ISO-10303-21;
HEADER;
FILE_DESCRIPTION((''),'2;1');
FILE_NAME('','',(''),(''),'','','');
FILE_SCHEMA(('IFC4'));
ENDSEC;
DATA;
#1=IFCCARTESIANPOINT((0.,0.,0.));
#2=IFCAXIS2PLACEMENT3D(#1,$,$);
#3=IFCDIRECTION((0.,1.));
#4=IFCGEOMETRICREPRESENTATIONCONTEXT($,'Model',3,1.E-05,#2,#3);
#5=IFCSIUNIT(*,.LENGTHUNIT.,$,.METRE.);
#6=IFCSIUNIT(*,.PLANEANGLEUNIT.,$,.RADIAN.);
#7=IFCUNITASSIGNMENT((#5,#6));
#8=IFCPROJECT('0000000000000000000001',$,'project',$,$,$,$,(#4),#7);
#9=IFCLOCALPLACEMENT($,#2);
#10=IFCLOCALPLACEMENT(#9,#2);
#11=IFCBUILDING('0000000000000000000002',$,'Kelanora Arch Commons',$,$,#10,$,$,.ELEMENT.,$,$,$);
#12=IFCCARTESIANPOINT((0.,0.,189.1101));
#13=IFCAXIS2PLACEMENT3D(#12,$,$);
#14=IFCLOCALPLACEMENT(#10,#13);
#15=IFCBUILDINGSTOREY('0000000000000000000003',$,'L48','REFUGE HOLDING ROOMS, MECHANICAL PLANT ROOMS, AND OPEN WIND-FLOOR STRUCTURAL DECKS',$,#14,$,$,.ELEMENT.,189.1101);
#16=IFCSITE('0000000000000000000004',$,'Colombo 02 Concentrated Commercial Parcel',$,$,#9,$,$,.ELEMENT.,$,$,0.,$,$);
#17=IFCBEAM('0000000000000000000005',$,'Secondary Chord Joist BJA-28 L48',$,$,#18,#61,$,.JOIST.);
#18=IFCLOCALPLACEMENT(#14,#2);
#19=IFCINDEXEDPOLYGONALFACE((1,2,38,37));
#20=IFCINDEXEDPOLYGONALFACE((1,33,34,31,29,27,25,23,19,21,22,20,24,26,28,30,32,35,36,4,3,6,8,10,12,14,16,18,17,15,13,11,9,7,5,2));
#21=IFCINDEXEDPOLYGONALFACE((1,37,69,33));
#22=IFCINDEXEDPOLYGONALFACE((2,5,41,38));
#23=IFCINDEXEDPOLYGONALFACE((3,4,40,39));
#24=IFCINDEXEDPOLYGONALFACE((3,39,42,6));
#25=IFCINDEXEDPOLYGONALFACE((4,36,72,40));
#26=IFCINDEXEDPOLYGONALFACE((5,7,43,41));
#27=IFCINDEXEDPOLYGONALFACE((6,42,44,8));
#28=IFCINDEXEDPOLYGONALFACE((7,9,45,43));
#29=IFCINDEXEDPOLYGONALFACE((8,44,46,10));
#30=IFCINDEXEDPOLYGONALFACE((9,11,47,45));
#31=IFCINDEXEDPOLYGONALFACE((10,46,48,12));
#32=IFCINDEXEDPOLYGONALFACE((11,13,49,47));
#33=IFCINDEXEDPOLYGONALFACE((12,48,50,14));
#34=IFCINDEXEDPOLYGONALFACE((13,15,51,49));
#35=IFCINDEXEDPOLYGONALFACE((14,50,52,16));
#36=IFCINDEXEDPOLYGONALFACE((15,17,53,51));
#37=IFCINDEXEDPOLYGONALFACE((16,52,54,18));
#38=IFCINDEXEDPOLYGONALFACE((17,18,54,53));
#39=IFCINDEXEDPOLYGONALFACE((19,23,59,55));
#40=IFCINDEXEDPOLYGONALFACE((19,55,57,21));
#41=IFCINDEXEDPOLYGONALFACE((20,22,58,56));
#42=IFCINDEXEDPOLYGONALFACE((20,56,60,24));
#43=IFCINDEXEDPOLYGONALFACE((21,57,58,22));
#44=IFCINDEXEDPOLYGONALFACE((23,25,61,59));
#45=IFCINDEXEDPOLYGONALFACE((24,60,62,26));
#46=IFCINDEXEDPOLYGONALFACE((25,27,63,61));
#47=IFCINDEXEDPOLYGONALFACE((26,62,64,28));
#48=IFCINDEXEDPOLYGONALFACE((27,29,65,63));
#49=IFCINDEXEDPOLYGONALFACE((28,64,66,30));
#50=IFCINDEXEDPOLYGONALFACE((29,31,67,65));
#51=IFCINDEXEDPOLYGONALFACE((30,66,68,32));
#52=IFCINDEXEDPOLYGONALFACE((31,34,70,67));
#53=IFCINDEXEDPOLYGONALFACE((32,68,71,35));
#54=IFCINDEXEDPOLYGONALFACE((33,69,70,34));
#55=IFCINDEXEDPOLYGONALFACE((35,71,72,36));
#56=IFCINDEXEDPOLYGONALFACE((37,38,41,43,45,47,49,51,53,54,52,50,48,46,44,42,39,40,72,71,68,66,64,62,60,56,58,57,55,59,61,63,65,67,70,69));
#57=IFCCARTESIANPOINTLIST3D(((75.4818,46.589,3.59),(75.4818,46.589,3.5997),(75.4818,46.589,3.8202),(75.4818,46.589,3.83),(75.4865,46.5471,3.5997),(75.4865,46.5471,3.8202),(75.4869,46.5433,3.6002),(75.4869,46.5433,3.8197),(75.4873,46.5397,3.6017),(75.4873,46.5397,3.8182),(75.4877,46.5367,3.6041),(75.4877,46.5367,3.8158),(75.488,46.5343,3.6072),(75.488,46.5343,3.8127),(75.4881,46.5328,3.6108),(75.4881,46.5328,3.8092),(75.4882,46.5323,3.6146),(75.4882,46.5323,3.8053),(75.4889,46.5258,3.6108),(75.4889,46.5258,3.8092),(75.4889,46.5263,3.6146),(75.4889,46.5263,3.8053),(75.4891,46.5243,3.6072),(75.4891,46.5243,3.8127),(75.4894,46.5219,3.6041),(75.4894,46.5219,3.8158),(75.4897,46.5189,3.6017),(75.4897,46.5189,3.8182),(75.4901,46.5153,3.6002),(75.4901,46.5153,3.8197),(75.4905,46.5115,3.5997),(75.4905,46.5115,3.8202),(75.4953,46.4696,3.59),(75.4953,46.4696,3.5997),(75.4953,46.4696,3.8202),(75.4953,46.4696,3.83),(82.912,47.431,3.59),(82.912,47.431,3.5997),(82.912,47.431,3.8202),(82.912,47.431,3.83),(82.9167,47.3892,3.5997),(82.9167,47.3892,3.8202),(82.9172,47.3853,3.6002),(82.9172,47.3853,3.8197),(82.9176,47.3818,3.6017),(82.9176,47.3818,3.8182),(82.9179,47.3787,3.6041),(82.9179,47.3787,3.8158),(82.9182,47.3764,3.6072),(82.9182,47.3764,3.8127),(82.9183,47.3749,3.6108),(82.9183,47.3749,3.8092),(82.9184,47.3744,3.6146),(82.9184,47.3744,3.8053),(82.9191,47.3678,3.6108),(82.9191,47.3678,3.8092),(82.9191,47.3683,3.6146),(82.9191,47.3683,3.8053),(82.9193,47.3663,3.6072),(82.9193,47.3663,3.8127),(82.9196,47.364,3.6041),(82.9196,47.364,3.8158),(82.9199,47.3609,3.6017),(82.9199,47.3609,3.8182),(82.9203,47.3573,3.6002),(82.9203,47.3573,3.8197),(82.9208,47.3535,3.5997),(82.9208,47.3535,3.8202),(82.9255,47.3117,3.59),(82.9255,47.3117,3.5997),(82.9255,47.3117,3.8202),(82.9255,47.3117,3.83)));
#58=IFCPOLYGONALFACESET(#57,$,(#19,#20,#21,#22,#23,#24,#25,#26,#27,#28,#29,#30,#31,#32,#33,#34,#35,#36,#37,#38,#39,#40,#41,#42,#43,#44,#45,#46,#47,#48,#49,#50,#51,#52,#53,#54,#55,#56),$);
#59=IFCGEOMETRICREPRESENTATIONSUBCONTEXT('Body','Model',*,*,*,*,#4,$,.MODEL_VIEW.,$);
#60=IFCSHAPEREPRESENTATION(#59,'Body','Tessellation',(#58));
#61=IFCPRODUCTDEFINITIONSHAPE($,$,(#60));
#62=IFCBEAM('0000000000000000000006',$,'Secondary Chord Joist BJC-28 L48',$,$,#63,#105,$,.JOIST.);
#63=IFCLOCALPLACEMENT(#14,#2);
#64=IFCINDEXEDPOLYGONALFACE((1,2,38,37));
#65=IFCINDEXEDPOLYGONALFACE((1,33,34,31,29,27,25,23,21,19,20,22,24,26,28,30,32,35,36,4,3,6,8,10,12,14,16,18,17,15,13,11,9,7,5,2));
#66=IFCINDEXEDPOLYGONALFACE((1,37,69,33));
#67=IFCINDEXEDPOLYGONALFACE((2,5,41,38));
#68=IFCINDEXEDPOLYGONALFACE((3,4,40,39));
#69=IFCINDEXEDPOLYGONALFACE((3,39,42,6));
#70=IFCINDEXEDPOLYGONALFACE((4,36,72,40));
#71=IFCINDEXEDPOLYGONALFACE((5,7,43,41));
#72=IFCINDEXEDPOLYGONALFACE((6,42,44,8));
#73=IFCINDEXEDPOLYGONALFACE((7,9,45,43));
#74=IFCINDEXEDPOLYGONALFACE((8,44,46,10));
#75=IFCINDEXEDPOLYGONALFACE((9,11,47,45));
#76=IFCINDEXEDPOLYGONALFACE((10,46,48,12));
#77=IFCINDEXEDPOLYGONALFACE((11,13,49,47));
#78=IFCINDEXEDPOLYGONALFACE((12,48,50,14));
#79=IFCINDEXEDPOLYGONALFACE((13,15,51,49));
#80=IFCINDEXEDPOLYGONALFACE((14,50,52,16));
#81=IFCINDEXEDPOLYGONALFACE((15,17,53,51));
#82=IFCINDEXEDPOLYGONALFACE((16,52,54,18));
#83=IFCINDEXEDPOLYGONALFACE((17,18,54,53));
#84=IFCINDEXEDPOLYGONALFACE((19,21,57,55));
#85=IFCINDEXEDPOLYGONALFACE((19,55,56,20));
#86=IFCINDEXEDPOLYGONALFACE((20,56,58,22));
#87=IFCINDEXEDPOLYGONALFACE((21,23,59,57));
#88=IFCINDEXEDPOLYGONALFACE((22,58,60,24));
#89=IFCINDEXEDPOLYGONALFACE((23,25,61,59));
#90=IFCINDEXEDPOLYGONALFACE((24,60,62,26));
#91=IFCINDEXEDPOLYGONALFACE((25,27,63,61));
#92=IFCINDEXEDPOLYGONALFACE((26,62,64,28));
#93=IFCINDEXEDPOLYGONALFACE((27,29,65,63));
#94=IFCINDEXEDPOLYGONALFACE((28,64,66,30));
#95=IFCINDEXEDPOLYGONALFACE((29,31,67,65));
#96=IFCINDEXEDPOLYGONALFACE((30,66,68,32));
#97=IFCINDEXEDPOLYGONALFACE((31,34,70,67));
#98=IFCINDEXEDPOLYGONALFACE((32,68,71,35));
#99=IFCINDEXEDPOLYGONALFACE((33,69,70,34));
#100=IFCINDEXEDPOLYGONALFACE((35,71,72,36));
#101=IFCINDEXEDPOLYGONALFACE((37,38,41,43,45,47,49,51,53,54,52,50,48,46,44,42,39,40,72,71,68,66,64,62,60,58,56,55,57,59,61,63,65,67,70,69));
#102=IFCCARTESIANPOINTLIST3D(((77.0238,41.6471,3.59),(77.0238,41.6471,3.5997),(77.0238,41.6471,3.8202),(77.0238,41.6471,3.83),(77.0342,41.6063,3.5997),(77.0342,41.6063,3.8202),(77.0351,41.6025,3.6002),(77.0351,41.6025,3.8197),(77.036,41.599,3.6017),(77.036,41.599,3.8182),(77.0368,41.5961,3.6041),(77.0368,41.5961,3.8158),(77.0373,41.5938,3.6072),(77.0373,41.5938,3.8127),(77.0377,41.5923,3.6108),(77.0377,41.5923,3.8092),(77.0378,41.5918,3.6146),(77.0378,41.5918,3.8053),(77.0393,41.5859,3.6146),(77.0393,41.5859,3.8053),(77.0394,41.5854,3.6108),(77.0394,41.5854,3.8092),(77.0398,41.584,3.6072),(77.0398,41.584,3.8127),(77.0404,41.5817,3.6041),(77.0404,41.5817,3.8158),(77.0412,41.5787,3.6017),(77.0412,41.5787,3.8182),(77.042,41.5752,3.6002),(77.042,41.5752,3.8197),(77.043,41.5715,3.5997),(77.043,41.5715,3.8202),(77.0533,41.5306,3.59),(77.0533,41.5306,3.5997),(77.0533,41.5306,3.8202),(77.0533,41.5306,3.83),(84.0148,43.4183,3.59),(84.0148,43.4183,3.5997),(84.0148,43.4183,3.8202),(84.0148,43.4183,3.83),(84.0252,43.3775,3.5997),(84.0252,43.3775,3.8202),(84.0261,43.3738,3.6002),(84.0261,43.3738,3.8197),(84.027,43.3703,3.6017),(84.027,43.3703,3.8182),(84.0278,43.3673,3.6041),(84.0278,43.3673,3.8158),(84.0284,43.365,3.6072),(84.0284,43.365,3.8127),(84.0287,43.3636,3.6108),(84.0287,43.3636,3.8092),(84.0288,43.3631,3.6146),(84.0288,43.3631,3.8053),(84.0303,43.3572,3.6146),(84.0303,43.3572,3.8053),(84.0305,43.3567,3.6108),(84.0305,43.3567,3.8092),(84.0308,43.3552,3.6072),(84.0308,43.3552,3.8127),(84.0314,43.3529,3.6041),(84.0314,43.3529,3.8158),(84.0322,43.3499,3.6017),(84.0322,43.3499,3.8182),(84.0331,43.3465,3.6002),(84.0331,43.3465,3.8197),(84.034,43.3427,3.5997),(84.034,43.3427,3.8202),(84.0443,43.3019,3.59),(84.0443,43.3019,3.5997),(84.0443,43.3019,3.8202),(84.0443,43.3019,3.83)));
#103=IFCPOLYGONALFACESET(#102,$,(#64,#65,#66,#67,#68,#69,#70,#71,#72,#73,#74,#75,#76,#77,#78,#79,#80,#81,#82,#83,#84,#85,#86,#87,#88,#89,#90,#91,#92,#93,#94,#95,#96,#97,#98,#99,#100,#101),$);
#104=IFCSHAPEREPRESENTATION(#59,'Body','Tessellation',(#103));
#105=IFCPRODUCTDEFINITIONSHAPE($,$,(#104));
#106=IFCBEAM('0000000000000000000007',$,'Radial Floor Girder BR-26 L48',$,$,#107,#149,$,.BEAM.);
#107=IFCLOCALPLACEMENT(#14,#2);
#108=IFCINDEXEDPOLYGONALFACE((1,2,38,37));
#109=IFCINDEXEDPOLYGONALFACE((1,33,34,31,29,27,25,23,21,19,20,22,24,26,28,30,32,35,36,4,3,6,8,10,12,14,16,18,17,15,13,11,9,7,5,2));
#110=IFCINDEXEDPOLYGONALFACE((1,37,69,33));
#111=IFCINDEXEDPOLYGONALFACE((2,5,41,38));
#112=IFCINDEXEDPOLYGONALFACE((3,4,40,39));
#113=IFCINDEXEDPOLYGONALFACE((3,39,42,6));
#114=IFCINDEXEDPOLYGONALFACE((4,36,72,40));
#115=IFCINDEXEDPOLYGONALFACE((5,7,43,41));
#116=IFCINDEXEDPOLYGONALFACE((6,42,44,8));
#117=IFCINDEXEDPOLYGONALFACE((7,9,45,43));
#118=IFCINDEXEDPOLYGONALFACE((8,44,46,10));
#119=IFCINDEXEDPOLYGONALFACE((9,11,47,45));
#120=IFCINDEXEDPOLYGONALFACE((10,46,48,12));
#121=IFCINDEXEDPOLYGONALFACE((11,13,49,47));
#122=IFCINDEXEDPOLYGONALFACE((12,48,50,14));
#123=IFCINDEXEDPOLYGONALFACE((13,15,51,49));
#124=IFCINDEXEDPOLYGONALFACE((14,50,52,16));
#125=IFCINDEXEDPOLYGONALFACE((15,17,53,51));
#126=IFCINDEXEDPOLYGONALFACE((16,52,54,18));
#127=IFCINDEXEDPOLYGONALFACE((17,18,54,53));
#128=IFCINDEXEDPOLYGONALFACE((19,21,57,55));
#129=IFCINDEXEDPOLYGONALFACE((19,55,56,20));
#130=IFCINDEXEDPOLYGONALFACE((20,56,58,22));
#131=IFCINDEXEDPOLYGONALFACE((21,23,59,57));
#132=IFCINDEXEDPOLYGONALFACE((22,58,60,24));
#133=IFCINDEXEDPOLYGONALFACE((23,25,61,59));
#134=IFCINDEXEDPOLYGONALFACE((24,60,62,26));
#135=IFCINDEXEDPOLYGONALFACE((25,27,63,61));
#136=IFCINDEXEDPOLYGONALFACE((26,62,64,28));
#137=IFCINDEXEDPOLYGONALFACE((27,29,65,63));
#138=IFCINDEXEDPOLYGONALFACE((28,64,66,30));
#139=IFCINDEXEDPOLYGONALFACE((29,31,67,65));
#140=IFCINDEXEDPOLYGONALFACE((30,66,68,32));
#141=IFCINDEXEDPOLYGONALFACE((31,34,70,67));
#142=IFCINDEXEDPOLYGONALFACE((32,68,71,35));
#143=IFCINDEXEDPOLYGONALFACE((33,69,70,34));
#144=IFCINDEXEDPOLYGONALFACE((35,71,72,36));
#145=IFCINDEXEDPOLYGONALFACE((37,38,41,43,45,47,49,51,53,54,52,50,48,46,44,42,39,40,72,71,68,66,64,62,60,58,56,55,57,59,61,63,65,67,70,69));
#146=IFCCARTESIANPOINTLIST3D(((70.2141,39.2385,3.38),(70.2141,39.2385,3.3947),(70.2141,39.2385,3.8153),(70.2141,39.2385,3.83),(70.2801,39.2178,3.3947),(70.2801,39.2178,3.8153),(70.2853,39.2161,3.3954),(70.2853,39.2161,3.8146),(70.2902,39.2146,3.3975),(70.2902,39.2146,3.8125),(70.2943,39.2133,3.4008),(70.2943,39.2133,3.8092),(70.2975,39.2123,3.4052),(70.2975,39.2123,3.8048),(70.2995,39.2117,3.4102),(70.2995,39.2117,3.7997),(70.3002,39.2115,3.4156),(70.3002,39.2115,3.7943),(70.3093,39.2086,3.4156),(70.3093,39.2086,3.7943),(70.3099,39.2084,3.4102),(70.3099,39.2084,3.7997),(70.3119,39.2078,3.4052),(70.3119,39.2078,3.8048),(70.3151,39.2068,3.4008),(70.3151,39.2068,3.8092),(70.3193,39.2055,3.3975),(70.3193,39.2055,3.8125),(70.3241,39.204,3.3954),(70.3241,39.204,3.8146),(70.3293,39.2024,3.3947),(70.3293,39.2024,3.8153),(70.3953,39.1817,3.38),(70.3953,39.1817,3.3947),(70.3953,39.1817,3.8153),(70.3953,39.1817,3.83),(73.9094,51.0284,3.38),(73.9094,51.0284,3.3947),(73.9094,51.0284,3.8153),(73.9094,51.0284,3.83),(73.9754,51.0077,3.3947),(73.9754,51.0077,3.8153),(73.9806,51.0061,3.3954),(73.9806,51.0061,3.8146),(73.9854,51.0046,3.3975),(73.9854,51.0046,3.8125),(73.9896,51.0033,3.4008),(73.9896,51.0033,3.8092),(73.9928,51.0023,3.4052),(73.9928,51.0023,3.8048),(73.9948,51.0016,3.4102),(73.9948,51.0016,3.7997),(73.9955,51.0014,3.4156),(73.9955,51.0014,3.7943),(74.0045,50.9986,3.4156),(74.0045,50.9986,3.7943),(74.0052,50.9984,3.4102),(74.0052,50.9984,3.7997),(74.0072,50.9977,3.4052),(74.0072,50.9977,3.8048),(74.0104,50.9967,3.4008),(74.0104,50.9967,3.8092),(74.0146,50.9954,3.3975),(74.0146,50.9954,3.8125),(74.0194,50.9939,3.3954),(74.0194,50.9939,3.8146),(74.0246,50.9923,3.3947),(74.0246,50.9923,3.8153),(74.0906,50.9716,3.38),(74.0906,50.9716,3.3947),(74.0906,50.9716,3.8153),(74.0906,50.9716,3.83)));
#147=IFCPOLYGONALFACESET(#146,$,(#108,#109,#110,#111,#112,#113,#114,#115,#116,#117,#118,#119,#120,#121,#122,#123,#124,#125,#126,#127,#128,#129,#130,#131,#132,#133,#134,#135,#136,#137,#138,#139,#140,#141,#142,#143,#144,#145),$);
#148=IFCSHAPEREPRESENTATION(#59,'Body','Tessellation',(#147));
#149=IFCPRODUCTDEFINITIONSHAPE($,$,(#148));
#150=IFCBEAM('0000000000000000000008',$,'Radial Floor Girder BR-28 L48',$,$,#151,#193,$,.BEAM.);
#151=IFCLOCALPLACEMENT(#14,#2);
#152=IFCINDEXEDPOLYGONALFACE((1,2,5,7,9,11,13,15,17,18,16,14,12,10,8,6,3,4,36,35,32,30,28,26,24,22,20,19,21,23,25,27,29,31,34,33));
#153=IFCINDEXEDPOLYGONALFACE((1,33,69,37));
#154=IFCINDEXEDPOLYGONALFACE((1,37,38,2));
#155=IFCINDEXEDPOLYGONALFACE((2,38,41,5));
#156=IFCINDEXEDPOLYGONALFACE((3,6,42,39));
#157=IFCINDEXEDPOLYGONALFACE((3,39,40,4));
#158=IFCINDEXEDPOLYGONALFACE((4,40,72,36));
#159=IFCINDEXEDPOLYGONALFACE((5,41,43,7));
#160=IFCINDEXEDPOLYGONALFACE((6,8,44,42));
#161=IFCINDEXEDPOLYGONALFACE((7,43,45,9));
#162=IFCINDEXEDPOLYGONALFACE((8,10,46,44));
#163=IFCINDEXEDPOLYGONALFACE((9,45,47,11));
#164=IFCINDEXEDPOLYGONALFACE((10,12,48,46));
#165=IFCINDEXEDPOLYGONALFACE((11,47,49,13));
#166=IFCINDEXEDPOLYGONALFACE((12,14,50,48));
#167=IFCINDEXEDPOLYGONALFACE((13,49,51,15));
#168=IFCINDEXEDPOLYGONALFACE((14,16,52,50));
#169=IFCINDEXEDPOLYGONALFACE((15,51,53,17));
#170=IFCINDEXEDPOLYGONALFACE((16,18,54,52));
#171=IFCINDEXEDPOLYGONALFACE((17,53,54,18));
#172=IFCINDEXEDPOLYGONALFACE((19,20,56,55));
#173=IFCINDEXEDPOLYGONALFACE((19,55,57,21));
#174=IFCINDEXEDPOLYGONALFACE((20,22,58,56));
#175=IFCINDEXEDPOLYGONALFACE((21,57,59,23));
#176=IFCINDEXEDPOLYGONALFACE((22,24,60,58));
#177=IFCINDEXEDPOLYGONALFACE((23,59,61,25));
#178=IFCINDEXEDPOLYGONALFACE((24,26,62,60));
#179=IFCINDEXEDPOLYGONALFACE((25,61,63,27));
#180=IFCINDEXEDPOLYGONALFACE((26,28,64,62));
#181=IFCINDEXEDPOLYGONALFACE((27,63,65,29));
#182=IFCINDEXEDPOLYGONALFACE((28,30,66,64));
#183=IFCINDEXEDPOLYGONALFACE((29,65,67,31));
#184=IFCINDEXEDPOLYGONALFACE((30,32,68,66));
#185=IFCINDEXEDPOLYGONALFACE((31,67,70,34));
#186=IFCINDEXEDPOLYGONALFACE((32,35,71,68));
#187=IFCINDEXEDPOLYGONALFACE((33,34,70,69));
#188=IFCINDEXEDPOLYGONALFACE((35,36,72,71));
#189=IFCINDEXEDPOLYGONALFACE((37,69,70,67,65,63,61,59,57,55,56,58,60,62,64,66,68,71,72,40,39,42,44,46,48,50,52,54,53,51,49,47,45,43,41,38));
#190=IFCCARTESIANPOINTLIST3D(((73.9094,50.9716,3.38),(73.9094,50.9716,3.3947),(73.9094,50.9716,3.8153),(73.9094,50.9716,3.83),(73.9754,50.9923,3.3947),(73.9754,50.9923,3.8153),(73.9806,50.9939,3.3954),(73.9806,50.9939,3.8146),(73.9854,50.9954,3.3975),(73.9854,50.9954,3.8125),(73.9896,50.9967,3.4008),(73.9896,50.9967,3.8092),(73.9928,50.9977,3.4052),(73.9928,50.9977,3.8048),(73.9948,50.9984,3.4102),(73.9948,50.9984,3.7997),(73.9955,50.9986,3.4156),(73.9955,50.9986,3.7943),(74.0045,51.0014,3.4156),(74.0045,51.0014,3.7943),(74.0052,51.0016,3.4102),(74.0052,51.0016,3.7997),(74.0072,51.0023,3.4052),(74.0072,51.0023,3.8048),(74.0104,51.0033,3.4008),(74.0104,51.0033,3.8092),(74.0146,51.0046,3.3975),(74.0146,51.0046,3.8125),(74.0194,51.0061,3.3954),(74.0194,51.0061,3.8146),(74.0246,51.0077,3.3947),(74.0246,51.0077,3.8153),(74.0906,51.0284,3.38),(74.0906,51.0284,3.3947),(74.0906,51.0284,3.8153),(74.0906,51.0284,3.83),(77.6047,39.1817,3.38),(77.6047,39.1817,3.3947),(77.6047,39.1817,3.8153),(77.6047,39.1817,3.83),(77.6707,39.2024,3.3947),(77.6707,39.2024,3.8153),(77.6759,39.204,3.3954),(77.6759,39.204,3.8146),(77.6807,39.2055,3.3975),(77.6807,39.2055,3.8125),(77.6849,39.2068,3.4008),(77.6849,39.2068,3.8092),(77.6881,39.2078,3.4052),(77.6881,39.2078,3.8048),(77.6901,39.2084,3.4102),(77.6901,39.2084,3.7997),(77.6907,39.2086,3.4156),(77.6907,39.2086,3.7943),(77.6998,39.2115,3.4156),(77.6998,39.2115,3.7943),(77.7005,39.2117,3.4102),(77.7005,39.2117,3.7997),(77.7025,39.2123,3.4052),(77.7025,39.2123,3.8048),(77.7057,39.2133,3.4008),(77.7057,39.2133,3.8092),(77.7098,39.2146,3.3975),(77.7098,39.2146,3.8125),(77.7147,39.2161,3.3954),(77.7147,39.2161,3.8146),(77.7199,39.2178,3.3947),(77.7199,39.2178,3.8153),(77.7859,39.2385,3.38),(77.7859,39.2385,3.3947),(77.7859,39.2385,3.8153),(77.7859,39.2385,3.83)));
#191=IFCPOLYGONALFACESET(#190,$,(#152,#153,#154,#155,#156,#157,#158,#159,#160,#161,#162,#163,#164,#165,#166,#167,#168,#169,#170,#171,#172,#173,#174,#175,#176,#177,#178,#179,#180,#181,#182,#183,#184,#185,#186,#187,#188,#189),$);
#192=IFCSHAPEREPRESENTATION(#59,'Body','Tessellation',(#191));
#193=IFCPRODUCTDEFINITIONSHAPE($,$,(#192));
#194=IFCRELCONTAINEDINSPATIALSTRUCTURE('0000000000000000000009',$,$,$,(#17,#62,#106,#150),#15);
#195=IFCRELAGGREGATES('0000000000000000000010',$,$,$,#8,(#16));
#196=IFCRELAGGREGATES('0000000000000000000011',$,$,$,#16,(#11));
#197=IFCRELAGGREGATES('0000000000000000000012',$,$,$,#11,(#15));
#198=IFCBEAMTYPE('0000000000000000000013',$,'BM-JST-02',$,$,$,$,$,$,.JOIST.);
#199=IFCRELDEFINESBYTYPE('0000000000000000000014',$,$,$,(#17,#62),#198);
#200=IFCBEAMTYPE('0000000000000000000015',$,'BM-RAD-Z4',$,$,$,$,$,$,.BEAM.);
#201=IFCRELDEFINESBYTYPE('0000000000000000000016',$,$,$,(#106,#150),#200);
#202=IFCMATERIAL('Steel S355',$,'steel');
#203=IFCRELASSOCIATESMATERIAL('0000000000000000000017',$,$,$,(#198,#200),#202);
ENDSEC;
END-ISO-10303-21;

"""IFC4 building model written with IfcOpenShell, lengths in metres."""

from ifc_helpers import new_model, si_unit, direction, frame, origin, origin_2d, place, context, subcontext, project, spatial, i_section, extrude, material, material_profile, profile_set, type_object, element, save


model = new_model("IFC4")

# Units and contexts
model_context = context("Model", 3, precision=1e-05, world=origin(), true_north=direction((0.0, 1.0)))
body_context = subcontext(model_context, "Body", "Model", "MODEL_VIEW")
ifc_project = project(units=[si_unit("LENGTHUNIT", "METRE"), si_unit("PLANEANGLEUNIT", "RADIAN")], contexts=[model_context])

# Site, building, storey
site_placement = place(None, origin())
site = spatial("IfcSite", under=ifc_project, at=site_placement, Name="Colombo 02 Concentrated Commercial Parcel", CompositionType="ELEMENT", RefElevation=0.0)
building_placement = place(site_placement, origin())
building = spatial("IfcBuilding", under=site, at=building_placement, Name="Kelanora Arch Commons", CompositionType="ELEMENT")
storey_placement = place(building_placement, frame((0.0, 0.0, 189.1101)))
storey = spatial("IfcBuildingStorey", under=building, at=storey_placement, Name="L48", Description="REFUGE HOLDING ROOMS, MECHANICAL PLANT ROOMS, AND OPEN WIND-FLOOR STRUCTURAL DECKS", CompositionType="ELEMENT", Elevation=189.1101)

# Beams
ifc_material_1 = material(Name="Steel S355", Category="steel")
ifc_material_profile_1 = material_profile(ifc_material_1, i_section(OverallWidth=0.1201, OverallDepth=0.24, WebThickness=0.0061, FlangeThickness=0.0098, FilletRadius=0.0149, at=origin_2d()), Name="IPE240")
ifc_profile_set_1 = profile_set([ifc_material_profile_1], Name="Steel S355")
beam_type_1 = type_object("IfcBeamType", Name="BM-JST-02", PredefinedType="JOIST", material=ifc_profile_set_1)
beam_1_placement = place(storey_placement, frame((75.4885, 46.5293, 3.71), z_axis=(0.99364, 0.112606, 0.0), x_axis=(-0.112606, 0.99364, 0.0)))
element("IfcBeam", 1, at=beam_1_placement, inside=storey, type_object=beam_type_1, Name="Secondary Chord Joist BJA-28 L48", PredefinedType="JOIST", context=body_context, shape_type="SweptSolid", body=[
    extrude(i_section(OverallWidth=0.1201, OverallDepth=0.24, WebThickness=0.0061, FlangeThickness=0.0098, FilletRadius=0.0149, at=origin_2d()), origin(), (0.0, 0.0, 1.0), 7.4778),
])
beam_2_placement = place(storey_placement, frame((77.0386, 41.5889, 3.71), z_axis=(0.969371, 0.245601, 0.0), x_axis=(-0.245601, 0.969371, 0.0)))
element("IfcBeam", 2, at=beam_2_placement, inside=storey, type_object=beam_type_1, Name="Secondary Chord Joist BJC-28 L48", PredefinedType="JOIST", context=body_context, shape_type="SweptSolid", body=[
    extrude(i_section(OverallWidth=0.1201, OverallDepth=0.24, WebThickness=0.0061, FlangeThickness=0.0098, FilletRadius=0.0149, at=origin_2d()), origin(), (0.0, 0.0, 1.0), 7.2119),
])
ifc_material_profile_2 = material_profile(ifc_material_1, i_section(OverallWidth=0.1899, OverallDepth=0.45, WebThickness=0.0095, FlangeThickness=0.0146, FilletRadius=0.021, at=origin_2d()), Name="IPE450")
ifc_profile_set_2 = profile_set([ifc_material_profile_2], Name="Steel S355")
beam_type_2 = type_object("IfcBeamType", Name="BM-RAD-Z4", PredefinedType="BEAM", material=ifc_profile_set_2)
for number, where, z_axis, x_axis, name in (
    (3, (74.0, 51.0, 3.605), (-0.29908, -0.954228, 0.0), (0.954228, -0.29908, 0.0), "Radial Floor Girder BR-26 L48"),
    (4, (74.0, 51.0, 3.605), (0.29908, -0.954228, 0.0), (0.954228, 0.29908, 0.0), "Radial Floor Girder BR-28 L48"),
):
    element("IfcBeam", number, at=place(storey_placement, frame(where, z_axis=z_axis, x_axis=x_axis)), inside=storey, type_object=beam_type_2, Name=name, PredefinedType="BEAM", context=body_context, shape_type="SweptSolid", body=[
        extrude(i_section(OverallWidth=0.1899, OverallDepth=0.45, WebThickness=0.0095, FlangeThickness=0.0146, FilletRadius=0.021, at=origin_2d()), origin(), (0.0, 0.0, 1.0), 12.3555),
    ])

save(model, "model.ifc")
